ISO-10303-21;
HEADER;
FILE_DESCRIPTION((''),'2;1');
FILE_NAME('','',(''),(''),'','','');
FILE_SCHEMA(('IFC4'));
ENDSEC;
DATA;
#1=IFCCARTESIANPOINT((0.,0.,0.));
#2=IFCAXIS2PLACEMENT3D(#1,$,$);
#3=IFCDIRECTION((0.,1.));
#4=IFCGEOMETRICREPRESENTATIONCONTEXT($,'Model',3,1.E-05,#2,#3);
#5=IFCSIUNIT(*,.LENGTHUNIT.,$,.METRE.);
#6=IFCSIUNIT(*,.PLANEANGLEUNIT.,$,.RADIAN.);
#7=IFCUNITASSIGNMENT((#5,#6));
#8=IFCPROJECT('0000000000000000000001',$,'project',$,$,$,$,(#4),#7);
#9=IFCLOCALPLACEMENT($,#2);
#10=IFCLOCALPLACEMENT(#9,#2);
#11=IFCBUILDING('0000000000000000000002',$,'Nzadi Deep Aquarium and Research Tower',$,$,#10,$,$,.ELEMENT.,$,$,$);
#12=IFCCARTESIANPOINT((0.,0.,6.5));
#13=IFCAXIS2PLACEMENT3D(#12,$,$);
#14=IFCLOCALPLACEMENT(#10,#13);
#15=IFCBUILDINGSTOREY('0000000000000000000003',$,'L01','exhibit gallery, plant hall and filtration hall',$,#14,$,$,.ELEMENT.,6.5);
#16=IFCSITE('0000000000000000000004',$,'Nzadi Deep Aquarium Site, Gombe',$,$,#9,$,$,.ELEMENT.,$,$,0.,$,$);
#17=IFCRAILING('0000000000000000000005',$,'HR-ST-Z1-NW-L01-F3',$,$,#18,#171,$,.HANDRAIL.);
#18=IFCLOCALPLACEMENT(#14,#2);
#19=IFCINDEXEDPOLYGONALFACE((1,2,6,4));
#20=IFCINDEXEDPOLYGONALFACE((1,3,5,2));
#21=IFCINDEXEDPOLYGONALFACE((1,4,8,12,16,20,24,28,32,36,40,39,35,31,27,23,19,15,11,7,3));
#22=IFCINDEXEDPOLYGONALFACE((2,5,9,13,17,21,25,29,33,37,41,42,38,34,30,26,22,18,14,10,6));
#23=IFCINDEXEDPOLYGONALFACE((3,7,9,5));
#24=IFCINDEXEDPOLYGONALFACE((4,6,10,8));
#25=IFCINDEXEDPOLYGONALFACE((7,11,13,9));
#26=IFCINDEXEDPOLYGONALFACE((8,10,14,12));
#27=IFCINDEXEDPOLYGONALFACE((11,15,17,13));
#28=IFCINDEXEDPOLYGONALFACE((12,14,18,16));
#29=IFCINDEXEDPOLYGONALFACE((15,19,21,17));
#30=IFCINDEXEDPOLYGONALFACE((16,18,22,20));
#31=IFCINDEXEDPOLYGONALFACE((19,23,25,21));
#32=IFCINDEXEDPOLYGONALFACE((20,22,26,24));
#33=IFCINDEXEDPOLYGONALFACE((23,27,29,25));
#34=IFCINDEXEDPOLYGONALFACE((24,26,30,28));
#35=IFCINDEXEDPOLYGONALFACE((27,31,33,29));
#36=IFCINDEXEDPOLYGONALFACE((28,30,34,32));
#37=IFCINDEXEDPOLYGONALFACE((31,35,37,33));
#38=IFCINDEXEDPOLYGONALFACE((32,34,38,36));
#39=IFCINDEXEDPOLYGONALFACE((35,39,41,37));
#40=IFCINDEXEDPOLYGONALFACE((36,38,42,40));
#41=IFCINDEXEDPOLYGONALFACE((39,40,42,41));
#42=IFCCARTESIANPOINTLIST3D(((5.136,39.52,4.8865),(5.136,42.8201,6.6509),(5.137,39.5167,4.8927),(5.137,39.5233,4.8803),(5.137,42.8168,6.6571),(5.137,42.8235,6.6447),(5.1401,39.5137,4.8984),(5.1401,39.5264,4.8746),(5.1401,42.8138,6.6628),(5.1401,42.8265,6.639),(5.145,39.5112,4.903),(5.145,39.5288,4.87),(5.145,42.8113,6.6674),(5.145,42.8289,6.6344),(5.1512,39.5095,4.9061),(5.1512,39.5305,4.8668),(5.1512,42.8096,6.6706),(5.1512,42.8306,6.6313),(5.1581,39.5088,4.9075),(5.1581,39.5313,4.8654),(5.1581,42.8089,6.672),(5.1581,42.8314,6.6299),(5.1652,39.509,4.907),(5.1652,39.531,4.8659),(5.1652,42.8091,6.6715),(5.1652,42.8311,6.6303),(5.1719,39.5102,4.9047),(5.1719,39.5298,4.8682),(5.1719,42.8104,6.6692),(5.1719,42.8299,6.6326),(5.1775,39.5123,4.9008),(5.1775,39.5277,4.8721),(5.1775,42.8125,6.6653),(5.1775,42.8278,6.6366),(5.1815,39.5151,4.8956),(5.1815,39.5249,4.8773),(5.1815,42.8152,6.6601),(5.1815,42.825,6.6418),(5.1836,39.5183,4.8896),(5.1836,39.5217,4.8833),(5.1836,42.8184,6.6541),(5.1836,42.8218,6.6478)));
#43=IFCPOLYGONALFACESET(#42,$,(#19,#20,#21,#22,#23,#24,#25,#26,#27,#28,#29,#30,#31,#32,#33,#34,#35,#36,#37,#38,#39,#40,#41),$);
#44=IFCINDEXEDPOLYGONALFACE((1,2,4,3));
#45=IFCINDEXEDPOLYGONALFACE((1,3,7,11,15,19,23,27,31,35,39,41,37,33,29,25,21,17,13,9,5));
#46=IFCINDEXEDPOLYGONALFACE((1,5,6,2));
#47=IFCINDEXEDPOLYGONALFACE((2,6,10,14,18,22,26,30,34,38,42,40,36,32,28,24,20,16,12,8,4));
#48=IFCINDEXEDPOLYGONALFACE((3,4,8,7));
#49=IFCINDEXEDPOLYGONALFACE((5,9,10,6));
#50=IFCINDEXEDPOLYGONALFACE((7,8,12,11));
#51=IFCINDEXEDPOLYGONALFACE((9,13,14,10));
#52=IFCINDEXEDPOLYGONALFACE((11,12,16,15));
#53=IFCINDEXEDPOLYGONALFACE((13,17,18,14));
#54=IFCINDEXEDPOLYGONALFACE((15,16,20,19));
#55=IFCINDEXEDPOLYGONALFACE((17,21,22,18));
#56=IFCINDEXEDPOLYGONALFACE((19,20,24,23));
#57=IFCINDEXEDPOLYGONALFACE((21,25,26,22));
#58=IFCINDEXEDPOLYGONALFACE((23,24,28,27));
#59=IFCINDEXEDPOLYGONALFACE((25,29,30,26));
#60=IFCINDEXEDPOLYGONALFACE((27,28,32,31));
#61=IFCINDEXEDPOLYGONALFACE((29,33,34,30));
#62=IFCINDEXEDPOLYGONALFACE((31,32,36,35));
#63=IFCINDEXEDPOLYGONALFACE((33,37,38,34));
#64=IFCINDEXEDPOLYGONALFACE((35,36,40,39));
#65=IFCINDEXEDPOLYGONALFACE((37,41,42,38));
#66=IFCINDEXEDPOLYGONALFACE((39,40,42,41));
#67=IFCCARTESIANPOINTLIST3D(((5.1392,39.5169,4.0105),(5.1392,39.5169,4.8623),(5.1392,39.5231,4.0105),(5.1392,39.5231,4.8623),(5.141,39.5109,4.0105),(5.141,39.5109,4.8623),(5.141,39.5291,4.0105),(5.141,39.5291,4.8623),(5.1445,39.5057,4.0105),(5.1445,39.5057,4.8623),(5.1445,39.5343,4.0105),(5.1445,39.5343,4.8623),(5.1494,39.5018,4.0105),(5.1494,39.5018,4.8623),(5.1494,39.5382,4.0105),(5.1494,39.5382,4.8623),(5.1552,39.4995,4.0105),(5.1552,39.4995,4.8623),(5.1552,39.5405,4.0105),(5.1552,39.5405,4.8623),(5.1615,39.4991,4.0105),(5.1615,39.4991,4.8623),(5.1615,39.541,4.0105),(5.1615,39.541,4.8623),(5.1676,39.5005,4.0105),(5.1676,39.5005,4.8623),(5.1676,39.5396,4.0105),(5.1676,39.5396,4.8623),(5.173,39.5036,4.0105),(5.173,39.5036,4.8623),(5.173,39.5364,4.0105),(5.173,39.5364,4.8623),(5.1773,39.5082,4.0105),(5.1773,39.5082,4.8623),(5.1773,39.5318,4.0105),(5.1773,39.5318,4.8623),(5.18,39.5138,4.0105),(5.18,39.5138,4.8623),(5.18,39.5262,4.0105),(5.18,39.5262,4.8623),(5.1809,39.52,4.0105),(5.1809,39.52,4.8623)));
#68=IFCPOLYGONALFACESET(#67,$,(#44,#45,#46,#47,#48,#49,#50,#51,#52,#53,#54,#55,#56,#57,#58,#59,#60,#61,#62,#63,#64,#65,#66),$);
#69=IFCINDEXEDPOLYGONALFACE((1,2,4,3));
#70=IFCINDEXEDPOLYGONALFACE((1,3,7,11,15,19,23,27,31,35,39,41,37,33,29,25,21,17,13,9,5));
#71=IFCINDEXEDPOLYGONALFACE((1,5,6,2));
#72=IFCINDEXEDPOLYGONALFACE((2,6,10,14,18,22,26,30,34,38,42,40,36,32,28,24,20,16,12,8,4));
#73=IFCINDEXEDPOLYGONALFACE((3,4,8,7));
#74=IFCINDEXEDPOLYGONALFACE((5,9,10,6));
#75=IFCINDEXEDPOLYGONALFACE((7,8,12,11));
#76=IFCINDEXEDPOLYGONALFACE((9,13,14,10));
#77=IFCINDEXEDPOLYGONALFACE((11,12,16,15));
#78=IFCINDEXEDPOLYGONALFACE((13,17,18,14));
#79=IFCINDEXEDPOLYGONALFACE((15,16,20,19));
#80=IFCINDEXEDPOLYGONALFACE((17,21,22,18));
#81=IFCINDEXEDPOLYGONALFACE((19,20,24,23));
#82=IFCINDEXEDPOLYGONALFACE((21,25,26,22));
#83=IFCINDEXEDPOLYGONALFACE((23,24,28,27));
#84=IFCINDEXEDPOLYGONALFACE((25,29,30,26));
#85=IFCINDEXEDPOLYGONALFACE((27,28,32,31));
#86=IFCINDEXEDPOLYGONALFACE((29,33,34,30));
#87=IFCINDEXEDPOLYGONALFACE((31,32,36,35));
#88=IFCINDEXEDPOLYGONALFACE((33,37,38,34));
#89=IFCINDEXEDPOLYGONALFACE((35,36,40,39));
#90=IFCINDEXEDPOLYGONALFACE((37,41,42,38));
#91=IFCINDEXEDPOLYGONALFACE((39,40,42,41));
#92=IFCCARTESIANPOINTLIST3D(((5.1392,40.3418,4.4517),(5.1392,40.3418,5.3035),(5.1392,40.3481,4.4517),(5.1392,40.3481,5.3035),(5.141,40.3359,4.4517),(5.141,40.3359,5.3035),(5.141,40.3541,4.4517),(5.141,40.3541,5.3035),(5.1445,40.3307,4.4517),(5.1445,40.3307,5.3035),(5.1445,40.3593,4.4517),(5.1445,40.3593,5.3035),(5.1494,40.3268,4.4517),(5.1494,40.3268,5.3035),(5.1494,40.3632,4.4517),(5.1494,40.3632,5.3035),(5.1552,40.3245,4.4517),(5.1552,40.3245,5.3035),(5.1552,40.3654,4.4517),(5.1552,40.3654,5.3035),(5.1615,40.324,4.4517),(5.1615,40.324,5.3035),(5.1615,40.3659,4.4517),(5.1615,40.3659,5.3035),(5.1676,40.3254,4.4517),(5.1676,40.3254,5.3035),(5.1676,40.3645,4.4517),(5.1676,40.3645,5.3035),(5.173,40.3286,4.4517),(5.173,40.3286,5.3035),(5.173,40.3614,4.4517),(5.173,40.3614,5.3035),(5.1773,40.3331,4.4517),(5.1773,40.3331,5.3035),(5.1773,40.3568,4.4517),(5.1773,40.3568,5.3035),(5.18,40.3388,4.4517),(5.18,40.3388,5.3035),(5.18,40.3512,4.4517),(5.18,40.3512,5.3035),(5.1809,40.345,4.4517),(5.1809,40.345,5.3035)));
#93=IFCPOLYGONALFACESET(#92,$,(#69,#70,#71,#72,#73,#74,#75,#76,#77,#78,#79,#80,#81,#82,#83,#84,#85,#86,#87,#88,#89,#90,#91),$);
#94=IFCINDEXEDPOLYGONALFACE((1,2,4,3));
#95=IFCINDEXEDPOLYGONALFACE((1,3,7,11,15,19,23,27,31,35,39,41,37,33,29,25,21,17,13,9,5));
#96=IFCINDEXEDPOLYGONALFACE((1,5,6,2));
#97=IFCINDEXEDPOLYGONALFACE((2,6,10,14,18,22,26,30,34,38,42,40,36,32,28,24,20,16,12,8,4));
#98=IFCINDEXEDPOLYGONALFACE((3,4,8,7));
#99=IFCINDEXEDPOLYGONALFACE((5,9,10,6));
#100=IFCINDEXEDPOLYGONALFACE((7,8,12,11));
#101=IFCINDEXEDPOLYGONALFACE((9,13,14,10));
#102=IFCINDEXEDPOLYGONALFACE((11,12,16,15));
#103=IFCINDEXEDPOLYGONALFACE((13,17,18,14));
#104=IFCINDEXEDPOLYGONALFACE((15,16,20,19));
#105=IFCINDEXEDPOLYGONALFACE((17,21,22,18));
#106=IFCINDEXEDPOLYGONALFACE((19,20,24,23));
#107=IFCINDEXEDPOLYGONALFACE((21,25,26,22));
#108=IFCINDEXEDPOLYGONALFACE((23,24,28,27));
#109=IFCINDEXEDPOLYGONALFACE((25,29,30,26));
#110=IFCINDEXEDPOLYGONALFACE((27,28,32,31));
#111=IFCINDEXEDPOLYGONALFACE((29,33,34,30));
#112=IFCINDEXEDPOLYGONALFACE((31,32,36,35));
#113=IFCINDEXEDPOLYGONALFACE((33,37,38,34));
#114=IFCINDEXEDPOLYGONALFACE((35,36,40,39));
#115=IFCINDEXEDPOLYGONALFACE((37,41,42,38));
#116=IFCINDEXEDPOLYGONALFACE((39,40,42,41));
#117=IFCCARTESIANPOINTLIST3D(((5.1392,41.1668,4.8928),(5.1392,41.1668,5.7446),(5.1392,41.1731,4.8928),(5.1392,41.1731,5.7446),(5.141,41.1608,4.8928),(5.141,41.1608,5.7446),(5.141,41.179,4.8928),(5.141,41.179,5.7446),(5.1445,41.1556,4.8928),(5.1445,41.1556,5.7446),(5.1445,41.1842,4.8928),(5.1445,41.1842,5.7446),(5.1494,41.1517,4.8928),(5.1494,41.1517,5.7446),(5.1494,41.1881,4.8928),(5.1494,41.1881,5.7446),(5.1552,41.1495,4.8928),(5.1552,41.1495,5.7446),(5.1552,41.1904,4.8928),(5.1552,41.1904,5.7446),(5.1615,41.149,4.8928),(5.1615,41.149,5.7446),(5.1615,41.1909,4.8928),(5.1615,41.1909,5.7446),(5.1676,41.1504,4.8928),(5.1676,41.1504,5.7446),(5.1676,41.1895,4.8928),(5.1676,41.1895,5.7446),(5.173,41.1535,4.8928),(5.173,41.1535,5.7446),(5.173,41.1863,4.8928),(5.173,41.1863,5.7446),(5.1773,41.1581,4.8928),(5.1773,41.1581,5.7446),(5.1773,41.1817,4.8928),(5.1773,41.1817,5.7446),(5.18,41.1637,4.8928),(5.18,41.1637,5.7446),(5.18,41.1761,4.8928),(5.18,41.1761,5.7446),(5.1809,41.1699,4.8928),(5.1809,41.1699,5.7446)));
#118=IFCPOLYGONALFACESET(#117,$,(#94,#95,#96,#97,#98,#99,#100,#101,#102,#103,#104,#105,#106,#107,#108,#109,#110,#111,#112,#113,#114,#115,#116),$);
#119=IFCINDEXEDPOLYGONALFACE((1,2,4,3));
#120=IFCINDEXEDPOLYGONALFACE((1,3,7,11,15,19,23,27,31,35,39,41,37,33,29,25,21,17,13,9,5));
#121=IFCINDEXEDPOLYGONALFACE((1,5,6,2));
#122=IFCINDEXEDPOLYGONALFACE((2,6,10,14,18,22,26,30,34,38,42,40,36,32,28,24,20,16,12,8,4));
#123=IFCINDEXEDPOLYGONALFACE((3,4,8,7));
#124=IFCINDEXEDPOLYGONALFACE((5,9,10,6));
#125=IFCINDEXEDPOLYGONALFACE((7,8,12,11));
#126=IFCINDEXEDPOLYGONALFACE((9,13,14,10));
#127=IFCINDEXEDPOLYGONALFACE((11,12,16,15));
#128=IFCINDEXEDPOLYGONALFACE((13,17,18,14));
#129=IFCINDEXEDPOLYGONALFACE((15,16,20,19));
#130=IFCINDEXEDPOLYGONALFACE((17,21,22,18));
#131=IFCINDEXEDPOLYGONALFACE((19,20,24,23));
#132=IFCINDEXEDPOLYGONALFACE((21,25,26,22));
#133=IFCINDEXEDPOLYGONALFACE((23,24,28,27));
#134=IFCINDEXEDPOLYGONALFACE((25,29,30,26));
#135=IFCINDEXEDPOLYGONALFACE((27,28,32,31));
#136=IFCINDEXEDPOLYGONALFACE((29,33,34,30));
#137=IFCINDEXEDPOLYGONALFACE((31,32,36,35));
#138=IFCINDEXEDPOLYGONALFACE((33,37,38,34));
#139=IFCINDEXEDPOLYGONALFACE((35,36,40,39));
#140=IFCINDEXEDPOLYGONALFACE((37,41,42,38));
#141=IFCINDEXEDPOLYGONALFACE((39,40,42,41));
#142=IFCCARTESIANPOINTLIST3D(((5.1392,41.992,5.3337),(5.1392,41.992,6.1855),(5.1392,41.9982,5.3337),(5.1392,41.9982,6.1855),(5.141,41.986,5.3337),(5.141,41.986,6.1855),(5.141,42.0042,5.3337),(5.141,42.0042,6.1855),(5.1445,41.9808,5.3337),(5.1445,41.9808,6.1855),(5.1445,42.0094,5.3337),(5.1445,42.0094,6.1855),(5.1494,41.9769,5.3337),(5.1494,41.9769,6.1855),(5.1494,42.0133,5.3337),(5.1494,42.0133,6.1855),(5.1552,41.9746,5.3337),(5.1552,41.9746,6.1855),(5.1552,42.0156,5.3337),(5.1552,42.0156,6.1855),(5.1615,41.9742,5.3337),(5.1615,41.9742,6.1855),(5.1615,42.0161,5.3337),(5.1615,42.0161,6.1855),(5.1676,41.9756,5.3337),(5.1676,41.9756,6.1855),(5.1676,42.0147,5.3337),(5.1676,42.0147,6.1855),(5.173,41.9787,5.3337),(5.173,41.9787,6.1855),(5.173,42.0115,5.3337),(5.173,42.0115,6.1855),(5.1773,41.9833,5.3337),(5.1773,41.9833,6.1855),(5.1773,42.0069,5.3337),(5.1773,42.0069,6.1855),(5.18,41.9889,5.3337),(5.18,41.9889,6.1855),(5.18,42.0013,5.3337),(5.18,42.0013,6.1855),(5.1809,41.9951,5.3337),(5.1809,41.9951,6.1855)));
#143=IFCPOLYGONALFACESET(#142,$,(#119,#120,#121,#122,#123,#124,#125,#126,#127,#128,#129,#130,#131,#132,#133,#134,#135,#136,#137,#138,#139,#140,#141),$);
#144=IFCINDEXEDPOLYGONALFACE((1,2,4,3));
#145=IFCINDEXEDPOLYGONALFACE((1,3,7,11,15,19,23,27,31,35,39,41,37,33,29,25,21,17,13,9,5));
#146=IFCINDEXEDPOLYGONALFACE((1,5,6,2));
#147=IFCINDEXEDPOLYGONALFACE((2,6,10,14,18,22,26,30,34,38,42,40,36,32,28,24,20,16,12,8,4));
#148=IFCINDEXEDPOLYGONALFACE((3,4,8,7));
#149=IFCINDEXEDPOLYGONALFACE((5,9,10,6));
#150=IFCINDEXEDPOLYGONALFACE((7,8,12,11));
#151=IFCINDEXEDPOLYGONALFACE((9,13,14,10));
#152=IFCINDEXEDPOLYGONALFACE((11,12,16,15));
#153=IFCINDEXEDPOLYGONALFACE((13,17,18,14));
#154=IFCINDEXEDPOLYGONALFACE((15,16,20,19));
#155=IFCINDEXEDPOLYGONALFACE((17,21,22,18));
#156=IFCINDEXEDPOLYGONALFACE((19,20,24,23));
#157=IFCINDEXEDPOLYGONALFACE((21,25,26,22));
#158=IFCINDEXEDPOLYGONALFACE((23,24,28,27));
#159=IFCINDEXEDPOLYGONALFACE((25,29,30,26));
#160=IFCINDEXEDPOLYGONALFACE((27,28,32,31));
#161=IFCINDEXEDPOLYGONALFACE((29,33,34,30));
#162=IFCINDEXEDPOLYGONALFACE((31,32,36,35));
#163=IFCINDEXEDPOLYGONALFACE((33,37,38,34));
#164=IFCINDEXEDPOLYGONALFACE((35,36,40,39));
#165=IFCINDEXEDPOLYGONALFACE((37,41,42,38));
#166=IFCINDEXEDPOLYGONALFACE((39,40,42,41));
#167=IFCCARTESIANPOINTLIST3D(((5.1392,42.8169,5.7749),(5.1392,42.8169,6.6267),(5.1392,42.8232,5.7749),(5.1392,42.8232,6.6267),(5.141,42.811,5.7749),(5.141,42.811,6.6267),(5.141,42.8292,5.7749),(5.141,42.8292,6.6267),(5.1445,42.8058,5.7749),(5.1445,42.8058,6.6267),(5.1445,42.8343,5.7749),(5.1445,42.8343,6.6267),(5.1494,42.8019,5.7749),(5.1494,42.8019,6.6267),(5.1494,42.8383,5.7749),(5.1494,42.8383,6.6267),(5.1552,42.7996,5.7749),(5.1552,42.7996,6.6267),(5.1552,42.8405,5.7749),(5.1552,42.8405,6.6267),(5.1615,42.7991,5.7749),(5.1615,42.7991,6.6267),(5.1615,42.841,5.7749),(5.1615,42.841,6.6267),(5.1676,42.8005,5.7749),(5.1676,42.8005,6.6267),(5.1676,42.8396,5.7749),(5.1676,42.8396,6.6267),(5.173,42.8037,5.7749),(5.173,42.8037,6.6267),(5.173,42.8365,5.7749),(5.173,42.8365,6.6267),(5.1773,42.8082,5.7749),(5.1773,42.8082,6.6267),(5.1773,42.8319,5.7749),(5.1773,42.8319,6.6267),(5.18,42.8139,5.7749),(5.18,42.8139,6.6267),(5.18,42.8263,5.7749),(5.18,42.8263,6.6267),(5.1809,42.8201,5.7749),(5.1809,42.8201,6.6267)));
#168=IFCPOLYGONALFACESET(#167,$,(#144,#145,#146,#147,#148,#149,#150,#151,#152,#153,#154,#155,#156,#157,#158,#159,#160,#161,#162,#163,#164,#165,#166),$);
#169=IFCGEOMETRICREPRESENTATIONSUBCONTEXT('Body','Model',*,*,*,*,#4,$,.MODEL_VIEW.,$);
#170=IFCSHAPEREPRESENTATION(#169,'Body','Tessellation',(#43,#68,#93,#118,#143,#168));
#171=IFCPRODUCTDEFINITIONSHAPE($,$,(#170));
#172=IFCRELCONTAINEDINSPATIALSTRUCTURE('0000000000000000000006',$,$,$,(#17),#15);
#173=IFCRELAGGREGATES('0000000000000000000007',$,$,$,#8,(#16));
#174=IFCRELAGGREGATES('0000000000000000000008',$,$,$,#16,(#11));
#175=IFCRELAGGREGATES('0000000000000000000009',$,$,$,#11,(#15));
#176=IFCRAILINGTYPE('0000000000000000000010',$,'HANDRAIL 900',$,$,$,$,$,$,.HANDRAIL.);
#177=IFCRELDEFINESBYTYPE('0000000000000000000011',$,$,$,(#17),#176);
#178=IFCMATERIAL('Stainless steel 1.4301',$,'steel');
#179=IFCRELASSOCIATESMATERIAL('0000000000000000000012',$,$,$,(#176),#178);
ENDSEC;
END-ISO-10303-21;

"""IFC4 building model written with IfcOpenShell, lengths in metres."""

from ifc_helpers import new_model, si_unit, direction, frame, origin, origin_2d, place, context, subcontext, project, spatial, circle, extrude, material, type_object, element, save


model = new_model("IFC4")

# Units and contexts
model_context = context("Model", 3, precision=1e-05, world=origin(), true_north=direction((0.0, 1.0)))
body_context = subcontext(model_context, "Body", "Model", "MODEL_VIEW")
ifc_project = project(units=[si_unit("LENGTHUNIT", "METRE"), si_unit("PLANEANGLEUNIT", "RADIAN")], contexts=[model_context])

# Site, building, storey
site_placement = place(None, origin())
site = spatial("IfcSite", under=ifc_project, at=site_placement, Name="Nzadi Deep Aquarium Site, Gombe", CompositionType="ELEMENT", RefElevation=0.0)
building_placement = place(site_placement, origin())
building = spatial("IfcBuilding", under=site, at=building_placement, Name="Nzadi Deep Aquarium and Research Tower", CompositionType="ELEMENT")
storey_placement = place(building_placement, frame((0.0, 0.0, 6.5)))
storey = spatial("IfcBuildingStorey", under=building, at=storey_placement, Name="L01", Description="exhibit gallery, plant hall and filtration hall", CompositionType="ELEMENT", Elevation=6.5)

# Railing
ifc_material_1 = material(Name="Stainless steel 1.4301", Category="steel")
railing_type = type_object("IfcRailingType", Name="HANDRAIL 900", PredefinedType="HANDRAIL", material=ifc_material_1)
for number, where, name in (
    (1, (5.1599, 39.52, 4.0105), "HR-ST-Z1-NW-L01-F3"),
):
    element("IfcRailing", number, at=place(storey_placement, frame(where)), inside=storey, type_object=railing_type, Name=name, PredefinedType="HANDRAIL", context=body_context, shape_type="SweptSolid", body=[
        extrude(circle(Radius=0.0239, at=origin_2d()), frame((0.0, 0.0, 0.876), z_axis=(0.0, 0.881867, 0.471499), x_axis=(-1.0, 0.0, 0.0)), (0.0, 0.0, 1.0), 3.7422),
        extrude(circle(Radius=0.021, at=origin_2d()), origin(), (0.0, 0.0, 1.0), 0.8518),
        extrude(circle(Radius=0.021, at=origin_2d()), frame((0.0, 0.825, 0.4412)), (0.0, 0.0, 1.0), 0.8518),
        extrude(circle(Radius=0.021, at=origin_2d()), frame((0.0, 1.6499, 0.8823)), (0.0, 0.0, 1.0), 0.8518),
        extrude(circle(Radius=0.021, at=origin_2d()), frame((0.0, 2.4751, 1.3232)), (0.0, 0.0, 1.0), 0.8518),
        extrude(circle(Radius=0.021, at=origin_2d()), frame((0.0, 3.3, 1.7644)), (0.0, 0.0, 1.0), 0.8518),
    ])

save(model, "model.ifc")
